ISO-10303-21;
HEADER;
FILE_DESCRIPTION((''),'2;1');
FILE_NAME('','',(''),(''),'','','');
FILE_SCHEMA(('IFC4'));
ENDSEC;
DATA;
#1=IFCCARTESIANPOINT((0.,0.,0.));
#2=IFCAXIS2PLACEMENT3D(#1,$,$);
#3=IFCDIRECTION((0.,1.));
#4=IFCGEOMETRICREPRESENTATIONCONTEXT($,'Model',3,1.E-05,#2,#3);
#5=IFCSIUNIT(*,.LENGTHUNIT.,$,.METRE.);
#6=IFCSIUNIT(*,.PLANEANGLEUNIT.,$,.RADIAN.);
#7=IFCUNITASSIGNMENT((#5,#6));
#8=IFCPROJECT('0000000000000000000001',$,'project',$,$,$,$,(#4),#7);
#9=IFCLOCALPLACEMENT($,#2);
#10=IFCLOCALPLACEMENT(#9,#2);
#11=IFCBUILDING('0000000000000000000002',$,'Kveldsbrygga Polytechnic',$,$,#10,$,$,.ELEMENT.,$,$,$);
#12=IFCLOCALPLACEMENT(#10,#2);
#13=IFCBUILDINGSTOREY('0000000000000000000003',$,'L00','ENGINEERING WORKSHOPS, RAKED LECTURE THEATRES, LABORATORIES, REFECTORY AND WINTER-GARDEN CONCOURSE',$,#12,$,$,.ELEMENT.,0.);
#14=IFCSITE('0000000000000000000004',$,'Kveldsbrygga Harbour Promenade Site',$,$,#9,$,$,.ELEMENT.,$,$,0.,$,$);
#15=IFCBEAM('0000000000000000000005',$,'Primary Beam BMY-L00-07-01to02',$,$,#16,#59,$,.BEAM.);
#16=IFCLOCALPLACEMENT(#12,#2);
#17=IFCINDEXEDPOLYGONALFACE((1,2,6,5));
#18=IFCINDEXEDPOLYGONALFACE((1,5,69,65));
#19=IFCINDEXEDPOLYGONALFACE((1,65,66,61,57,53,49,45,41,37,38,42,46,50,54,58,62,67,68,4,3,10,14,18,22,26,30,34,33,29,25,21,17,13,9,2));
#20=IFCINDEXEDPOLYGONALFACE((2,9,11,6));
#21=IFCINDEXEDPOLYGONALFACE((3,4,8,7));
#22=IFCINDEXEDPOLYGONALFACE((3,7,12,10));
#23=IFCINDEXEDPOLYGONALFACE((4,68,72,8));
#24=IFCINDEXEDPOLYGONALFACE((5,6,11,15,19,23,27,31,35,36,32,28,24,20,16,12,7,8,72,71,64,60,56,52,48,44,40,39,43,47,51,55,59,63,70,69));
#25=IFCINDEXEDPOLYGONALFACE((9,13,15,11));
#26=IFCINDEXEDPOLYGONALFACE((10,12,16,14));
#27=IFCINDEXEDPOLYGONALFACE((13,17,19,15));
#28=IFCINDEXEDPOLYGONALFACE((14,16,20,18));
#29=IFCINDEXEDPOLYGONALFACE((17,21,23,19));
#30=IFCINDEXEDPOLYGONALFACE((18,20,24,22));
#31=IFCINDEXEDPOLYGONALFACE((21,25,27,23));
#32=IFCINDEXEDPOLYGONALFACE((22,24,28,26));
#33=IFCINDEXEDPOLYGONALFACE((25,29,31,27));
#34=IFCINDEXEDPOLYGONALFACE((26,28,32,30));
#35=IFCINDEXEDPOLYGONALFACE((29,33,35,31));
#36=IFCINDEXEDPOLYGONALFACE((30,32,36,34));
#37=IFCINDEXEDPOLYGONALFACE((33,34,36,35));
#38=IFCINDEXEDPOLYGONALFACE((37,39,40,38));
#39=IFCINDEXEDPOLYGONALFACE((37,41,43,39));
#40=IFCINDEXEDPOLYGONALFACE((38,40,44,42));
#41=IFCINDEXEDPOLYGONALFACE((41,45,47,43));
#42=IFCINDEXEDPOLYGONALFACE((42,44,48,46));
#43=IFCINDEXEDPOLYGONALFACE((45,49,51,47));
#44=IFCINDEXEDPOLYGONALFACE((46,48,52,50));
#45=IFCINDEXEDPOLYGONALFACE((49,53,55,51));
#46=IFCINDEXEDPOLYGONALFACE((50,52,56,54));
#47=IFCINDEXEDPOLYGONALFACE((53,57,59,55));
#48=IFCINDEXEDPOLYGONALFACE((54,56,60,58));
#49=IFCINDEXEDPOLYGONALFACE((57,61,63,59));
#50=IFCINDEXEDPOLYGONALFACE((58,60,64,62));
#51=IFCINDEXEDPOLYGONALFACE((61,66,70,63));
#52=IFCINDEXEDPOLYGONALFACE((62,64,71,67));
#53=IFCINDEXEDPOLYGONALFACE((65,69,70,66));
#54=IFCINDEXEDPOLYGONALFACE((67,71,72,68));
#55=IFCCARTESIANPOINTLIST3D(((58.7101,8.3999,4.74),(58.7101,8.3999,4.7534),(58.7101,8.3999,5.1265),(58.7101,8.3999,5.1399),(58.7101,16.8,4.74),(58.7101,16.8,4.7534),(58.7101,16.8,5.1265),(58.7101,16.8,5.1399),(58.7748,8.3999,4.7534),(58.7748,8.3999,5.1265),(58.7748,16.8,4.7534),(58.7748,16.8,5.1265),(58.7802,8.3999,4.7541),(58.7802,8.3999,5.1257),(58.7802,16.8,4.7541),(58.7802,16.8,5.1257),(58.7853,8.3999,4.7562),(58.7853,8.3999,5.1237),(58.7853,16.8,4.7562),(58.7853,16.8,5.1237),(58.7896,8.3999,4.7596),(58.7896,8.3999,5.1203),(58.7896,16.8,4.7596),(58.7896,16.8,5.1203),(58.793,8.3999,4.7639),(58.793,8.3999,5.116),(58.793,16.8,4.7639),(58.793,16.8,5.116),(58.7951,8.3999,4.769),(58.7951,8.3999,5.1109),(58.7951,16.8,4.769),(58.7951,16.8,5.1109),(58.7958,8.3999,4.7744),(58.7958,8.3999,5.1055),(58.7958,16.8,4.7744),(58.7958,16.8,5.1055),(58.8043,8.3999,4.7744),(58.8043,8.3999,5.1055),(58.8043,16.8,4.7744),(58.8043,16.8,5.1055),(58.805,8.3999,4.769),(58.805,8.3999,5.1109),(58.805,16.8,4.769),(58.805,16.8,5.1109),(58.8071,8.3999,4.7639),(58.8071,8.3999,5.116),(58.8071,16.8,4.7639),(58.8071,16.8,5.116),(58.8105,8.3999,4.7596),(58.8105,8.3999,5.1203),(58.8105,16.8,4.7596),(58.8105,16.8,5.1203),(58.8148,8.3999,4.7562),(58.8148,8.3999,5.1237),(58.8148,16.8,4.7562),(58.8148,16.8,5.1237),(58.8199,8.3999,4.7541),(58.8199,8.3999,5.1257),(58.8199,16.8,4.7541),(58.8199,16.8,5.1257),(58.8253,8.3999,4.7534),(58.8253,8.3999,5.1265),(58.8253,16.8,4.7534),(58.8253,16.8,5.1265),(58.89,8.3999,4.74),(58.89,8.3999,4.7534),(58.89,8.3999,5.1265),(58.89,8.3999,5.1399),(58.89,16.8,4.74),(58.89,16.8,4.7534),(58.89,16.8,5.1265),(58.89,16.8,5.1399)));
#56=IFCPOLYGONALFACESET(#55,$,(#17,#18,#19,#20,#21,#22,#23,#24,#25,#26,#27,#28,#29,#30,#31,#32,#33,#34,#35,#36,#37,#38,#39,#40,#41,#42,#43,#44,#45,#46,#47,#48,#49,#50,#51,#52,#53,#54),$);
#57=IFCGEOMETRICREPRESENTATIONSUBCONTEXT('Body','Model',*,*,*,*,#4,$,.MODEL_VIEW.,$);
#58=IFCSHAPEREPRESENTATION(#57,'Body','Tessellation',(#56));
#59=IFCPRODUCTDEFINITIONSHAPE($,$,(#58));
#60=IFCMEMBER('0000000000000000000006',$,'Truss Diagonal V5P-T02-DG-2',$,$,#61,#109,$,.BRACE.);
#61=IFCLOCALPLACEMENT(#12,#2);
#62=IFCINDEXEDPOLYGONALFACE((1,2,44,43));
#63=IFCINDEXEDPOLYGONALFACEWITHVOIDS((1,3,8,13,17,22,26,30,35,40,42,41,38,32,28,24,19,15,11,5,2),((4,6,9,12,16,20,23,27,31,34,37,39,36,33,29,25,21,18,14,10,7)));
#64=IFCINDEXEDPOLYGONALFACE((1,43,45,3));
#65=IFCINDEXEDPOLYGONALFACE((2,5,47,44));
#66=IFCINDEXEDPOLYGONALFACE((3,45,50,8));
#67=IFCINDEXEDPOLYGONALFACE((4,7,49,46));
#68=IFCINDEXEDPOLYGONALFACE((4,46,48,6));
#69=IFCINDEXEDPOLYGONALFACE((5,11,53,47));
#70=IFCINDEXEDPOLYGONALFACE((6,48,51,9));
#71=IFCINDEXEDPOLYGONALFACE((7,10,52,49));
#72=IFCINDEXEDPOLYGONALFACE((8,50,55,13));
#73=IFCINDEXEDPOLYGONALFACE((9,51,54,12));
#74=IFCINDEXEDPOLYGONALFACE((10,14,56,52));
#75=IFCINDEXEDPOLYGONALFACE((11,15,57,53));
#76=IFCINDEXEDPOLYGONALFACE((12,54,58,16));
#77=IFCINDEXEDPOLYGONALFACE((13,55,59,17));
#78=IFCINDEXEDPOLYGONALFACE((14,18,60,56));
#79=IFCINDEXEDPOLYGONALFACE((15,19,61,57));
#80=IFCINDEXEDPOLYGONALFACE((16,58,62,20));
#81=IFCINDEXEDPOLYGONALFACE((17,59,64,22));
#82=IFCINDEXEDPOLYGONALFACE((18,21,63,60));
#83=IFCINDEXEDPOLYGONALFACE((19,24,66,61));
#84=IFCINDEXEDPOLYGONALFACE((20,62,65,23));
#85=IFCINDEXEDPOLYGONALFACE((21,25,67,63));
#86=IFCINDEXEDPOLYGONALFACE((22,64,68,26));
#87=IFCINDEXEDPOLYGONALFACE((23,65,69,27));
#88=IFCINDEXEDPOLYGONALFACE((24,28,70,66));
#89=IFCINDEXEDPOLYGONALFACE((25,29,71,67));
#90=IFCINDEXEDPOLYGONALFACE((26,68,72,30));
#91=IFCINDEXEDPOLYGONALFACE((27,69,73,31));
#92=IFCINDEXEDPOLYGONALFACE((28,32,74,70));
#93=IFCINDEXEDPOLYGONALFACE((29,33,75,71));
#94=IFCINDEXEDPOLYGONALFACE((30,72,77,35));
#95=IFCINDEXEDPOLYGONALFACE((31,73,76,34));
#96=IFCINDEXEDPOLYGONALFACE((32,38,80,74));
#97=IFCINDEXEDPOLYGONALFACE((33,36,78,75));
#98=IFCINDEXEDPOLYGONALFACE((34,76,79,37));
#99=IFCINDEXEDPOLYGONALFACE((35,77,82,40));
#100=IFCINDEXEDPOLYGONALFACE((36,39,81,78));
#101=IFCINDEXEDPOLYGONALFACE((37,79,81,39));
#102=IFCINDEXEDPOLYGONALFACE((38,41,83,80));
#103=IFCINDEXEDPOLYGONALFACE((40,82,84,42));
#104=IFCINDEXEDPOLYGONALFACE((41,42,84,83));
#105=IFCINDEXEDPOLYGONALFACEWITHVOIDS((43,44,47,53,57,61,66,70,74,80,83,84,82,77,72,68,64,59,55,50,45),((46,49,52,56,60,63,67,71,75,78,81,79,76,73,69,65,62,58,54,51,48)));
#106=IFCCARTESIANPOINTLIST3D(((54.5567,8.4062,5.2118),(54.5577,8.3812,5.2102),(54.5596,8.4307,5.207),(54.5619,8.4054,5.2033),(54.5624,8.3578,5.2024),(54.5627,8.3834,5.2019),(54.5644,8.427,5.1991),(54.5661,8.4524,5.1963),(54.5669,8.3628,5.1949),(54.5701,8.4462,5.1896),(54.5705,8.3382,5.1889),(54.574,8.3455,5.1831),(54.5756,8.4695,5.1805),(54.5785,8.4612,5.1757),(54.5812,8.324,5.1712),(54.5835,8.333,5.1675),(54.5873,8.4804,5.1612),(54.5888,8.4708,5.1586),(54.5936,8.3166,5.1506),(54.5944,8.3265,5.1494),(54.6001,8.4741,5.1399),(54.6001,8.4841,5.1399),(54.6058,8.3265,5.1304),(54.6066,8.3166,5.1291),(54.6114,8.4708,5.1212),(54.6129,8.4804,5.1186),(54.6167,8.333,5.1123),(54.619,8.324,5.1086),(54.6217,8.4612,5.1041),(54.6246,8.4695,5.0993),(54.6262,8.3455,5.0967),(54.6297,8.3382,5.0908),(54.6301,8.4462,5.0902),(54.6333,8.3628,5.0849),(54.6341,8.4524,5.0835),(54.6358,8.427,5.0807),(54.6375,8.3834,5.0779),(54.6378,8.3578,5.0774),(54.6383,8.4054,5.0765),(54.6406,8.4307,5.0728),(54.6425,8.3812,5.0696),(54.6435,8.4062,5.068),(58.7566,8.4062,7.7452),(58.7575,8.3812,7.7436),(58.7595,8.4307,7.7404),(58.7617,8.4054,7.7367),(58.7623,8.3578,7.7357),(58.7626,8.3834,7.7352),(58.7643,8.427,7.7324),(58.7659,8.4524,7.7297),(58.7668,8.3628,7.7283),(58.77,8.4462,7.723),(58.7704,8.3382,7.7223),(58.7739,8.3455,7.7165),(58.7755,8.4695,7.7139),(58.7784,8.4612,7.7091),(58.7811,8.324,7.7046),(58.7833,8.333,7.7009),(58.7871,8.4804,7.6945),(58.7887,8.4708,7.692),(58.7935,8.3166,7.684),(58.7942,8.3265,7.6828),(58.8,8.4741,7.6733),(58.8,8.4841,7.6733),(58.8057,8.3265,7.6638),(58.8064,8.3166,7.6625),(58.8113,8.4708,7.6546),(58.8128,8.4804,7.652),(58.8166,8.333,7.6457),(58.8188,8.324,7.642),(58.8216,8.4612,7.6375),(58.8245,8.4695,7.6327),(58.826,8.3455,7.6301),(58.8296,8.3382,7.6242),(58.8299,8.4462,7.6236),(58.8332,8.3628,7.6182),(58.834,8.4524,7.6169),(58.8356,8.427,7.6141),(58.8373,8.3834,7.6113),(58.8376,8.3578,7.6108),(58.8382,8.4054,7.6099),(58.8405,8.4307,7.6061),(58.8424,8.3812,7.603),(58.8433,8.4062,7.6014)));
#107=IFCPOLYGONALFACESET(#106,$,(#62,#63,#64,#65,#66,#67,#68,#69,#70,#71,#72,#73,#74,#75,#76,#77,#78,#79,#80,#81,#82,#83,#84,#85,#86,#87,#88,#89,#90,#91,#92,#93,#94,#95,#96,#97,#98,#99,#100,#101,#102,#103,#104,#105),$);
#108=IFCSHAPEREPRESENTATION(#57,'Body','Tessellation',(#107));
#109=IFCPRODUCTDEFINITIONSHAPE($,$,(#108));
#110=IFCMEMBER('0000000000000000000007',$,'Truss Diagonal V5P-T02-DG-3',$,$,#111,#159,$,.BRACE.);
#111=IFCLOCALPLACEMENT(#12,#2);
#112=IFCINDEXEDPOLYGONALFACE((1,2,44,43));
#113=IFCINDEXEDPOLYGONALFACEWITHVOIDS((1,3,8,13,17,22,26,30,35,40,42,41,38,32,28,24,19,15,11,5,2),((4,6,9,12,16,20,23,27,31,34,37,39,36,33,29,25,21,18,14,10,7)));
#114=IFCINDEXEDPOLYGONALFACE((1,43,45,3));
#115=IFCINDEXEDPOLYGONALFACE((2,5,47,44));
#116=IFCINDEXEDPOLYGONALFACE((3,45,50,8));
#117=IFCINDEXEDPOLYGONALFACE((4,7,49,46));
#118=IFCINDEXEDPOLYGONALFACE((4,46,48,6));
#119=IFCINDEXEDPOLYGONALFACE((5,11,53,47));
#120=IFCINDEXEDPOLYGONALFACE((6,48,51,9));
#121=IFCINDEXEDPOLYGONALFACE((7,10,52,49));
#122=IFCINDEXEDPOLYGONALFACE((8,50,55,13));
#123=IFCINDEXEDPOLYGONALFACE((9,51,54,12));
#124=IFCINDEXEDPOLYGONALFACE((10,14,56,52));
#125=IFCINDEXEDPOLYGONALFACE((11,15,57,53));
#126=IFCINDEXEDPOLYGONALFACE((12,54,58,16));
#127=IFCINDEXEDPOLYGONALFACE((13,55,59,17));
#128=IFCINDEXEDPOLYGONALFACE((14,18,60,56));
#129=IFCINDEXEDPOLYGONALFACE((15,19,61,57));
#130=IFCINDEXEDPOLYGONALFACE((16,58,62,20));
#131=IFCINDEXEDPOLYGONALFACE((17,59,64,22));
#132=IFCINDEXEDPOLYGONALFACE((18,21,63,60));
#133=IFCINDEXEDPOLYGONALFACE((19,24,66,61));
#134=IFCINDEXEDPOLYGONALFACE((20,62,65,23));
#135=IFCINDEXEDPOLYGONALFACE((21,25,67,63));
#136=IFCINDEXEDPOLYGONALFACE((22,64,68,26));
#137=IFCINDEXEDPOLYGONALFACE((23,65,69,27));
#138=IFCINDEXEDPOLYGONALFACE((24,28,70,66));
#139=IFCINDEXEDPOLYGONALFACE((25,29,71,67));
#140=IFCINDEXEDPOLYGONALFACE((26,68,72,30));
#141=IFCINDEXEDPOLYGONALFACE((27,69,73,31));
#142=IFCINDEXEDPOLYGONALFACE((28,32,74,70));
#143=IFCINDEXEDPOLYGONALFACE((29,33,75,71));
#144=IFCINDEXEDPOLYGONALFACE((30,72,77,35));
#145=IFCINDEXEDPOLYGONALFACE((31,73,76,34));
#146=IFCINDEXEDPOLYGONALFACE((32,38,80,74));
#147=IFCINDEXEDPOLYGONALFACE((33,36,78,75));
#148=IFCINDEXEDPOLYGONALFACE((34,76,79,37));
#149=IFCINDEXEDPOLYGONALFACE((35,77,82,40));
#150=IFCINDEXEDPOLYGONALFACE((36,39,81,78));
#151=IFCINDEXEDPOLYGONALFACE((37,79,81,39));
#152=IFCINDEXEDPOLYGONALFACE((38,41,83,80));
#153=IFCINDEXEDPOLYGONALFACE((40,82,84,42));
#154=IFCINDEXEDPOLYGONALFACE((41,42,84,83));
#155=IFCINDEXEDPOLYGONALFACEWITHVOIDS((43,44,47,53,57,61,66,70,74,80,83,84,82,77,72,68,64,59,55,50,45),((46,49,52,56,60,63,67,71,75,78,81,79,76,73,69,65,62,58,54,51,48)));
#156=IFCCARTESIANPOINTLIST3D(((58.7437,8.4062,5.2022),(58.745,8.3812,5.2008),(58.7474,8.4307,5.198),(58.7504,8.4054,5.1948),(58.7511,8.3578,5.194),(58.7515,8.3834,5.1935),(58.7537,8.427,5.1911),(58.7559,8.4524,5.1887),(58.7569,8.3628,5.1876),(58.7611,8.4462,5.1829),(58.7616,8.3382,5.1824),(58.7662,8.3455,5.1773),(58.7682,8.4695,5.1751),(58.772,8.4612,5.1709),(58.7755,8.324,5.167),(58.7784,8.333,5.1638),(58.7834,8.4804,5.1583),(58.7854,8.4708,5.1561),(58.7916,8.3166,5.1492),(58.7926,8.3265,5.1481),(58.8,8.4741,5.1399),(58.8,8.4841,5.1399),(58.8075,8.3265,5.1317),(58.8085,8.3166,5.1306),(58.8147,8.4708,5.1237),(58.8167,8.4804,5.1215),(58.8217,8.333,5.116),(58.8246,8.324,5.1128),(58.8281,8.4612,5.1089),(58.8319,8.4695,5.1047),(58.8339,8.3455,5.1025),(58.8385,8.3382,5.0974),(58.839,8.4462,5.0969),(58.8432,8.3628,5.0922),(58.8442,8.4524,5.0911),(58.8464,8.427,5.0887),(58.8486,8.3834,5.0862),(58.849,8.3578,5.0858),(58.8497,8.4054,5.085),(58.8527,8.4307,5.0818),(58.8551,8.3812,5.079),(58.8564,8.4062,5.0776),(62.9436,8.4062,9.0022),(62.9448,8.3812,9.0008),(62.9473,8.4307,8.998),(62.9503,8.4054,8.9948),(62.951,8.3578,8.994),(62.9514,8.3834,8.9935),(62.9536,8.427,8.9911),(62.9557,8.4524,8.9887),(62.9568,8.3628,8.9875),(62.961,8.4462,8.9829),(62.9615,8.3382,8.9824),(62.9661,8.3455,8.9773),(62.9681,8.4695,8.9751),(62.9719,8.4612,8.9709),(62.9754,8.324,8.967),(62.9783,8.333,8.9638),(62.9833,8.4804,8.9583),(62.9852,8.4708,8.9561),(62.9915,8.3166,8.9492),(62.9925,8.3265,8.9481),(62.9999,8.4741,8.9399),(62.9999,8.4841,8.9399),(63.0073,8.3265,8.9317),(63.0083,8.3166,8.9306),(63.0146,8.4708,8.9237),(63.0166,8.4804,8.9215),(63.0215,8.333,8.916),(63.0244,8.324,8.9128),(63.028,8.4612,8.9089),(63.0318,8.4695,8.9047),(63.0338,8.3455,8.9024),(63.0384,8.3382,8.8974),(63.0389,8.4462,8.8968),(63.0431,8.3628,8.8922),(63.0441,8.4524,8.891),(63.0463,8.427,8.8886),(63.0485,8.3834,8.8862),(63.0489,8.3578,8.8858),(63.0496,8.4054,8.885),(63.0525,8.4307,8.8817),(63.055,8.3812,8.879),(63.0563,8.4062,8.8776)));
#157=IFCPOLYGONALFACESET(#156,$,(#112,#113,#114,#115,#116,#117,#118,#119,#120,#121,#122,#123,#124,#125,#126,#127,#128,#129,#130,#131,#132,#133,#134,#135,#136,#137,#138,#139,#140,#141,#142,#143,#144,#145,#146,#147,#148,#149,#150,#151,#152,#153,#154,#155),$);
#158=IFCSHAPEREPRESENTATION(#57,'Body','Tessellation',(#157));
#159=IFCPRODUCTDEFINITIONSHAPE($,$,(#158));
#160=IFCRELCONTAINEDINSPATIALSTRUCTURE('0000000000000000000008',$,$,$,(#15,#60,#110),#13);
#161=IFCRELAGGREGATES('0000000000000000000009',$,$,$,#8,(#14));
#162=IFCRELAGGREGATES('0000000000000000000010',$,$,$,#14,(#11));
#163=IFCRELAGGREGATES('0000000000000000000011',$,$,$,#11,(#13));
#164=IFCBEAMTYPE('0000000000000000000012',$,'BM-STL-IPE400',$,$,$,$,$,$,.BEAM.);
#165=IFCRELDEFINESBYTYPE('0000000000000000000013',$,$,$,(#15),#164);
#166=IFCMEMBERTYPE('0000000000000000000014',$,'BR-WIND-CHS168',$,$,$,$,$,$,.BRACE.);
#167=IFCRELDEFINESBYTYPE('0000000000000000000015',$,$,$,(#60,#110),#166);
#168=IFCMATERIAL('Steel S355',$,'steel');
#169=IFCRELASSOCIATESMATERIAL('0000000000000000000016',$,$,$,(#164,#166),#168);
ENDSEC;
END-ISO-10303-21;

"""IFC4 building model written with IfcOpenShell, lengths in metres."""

from ifc_helpers import new_model, si_unit, direction, frame, origin, origin_2d, place, context, subcontext, project, spatial, hollow_circle, i_section, extrude, material, material_profile, profile_set, type_object, element, save


model = new_model("IFC4")

# Units and contexts
model_context = context("Model", 3, precision=1e-05, world=origin(), true_north=direction((0.0, 1.0)))
body_context = subcontext(model_context, "Body", "Model", "MODEL_VIEW")
ifc_project = project(units=[si_unit("LENGTHUNIT", "METRE"), si_unit("PLANEANGLEUNIT", "RADIAN")], contexts=[model_context])

# Site, building, storey
site_placement = place(None, origin())
site = spatial("IfcSite", under=ifc_project, at=site_placement, Name="Kveldsbrygga Harbour Promenade Site", CompositionType="ELEMENT", RefElevation=0.0)
building_placement = place(site_placement, origin())
building = spatial("IfcBuilding", under=site, at=building_placement, Name="Kveldsbrygga Polytechnic", CompositionType="ELEMENT")
storey_placement = place(building_placement, origin())
storey = spatial("IfcBuildingStorey", under=building, at=storey_placement, Name="L00", Description="ENGINEERING WORKSHOPS, RAKED LECTURE THEATRES, LABORATORIES, REFECTORY AND WINTER-GARDEN CONCOURSE", CompositionType="ELEMENT", Elevation=0.0)

# Beam
ifc_material_1 = material(Name="Steel S355", Category="steel")
ifc_material_profile_1 = material_profile(ifc_material_1, i_section(OverallWidth=0.1799, OverallDepth=0.3999, WebThickness=0.0085, FlangeThickness=0.0134, FilletRadius=0.021, at=origin_2d()), Name="IPE 400")
ifc_profile_set_1 = profile_set([ifc_material_profile_1], Name="Steel S355")
beam_type_1 = type_object("IfcBeamType", Name="BM-STL-IPE400", PredefinedType="BEAM", material=ifc_profile_set_1)
beam_1_placement = place(storey_placement, frame((58.8, 8.3999, 4.9399), z_axis=(0.0, 1.0, 0.0), x_axis=(-1.0, 0.0, 0.0)))
element("IfcBeam", 1, at=beam_1_placement, inside=storey, type_object=beam_type_1, Name="Primary Beam BMY-L00-07-01to02", PredefinedType="BEAM", context=body_context, shape_type="SweptSolid", body=[
    extrude(i_section(OverallWidth=0.1799, OverallDepth=0.3999, WebThickness=0.0085, FlangeThickness=0.0134, FilletRadius=0.021, at=origin_2d()), origin(), (0.0, 0.0, 1.0), 8.4001),
])

# Members
ifc_material_profile_2 = material_profile(ifc_material_1, hollow_circle(Radius=0.0842, WallThickness=0.01, at=origin_2d()), Name="CHS 168.3x10.0")
ifc_profile_set_2 = profile_set([ifc_material_profile_2], Name="Steel S355")
member_type_1 = type_object("IfcMemberType", Name="BR-WIND-CHS168", PredefinedType="BRACE", material=ifc_profile_set_2)
member_1_placement = place(storey_placement, frame((54.6001, 8.3999, 5.1399), z_axis=(0.856278, 0.0, 0.516515), x_axis=(0.0, 1.0, 0.0)))
element("IfcMember", 2, at=member_1_placement, inside=storey, type_object=member_type_1, Name="Truss Diagonal V5P-T02-DG-2", PredefinedType="BRACE", context=body_context, shape_type="SweptSolid", body=[
    extrude(hollow_circle(Radius=0.0842, WallThickness=0.01, at=origin_2d()), origin(), (0.0, 0.0, 1.0), 4.9048),
])
for number, where, z_axis, x_axis, name in (
    (3, (58.8, 8.3999, 5.1399), (0.741528, 0.0, 0.670922), (0.0, 1.0, 0.0), "Truss Diagonal V5P-T02-DG-3"),
):
    element("IfcMember", number, at=place(storey_placement, frame(where, z_axis=z_axis, x_axis=x_axis)), inside=storey, type_object=member_type_1, Name=name, PredefinedType="BRACE", context=body_context, shape_type="SweptSolid", body=[
        extrude(hollow_circle(Radius=0.0842, WallThickness=0.01, at=origin_2d()), origin(), (0.0, 0.0, 1.0), 5.6638),
    ])

save(model, "model.ifc")
